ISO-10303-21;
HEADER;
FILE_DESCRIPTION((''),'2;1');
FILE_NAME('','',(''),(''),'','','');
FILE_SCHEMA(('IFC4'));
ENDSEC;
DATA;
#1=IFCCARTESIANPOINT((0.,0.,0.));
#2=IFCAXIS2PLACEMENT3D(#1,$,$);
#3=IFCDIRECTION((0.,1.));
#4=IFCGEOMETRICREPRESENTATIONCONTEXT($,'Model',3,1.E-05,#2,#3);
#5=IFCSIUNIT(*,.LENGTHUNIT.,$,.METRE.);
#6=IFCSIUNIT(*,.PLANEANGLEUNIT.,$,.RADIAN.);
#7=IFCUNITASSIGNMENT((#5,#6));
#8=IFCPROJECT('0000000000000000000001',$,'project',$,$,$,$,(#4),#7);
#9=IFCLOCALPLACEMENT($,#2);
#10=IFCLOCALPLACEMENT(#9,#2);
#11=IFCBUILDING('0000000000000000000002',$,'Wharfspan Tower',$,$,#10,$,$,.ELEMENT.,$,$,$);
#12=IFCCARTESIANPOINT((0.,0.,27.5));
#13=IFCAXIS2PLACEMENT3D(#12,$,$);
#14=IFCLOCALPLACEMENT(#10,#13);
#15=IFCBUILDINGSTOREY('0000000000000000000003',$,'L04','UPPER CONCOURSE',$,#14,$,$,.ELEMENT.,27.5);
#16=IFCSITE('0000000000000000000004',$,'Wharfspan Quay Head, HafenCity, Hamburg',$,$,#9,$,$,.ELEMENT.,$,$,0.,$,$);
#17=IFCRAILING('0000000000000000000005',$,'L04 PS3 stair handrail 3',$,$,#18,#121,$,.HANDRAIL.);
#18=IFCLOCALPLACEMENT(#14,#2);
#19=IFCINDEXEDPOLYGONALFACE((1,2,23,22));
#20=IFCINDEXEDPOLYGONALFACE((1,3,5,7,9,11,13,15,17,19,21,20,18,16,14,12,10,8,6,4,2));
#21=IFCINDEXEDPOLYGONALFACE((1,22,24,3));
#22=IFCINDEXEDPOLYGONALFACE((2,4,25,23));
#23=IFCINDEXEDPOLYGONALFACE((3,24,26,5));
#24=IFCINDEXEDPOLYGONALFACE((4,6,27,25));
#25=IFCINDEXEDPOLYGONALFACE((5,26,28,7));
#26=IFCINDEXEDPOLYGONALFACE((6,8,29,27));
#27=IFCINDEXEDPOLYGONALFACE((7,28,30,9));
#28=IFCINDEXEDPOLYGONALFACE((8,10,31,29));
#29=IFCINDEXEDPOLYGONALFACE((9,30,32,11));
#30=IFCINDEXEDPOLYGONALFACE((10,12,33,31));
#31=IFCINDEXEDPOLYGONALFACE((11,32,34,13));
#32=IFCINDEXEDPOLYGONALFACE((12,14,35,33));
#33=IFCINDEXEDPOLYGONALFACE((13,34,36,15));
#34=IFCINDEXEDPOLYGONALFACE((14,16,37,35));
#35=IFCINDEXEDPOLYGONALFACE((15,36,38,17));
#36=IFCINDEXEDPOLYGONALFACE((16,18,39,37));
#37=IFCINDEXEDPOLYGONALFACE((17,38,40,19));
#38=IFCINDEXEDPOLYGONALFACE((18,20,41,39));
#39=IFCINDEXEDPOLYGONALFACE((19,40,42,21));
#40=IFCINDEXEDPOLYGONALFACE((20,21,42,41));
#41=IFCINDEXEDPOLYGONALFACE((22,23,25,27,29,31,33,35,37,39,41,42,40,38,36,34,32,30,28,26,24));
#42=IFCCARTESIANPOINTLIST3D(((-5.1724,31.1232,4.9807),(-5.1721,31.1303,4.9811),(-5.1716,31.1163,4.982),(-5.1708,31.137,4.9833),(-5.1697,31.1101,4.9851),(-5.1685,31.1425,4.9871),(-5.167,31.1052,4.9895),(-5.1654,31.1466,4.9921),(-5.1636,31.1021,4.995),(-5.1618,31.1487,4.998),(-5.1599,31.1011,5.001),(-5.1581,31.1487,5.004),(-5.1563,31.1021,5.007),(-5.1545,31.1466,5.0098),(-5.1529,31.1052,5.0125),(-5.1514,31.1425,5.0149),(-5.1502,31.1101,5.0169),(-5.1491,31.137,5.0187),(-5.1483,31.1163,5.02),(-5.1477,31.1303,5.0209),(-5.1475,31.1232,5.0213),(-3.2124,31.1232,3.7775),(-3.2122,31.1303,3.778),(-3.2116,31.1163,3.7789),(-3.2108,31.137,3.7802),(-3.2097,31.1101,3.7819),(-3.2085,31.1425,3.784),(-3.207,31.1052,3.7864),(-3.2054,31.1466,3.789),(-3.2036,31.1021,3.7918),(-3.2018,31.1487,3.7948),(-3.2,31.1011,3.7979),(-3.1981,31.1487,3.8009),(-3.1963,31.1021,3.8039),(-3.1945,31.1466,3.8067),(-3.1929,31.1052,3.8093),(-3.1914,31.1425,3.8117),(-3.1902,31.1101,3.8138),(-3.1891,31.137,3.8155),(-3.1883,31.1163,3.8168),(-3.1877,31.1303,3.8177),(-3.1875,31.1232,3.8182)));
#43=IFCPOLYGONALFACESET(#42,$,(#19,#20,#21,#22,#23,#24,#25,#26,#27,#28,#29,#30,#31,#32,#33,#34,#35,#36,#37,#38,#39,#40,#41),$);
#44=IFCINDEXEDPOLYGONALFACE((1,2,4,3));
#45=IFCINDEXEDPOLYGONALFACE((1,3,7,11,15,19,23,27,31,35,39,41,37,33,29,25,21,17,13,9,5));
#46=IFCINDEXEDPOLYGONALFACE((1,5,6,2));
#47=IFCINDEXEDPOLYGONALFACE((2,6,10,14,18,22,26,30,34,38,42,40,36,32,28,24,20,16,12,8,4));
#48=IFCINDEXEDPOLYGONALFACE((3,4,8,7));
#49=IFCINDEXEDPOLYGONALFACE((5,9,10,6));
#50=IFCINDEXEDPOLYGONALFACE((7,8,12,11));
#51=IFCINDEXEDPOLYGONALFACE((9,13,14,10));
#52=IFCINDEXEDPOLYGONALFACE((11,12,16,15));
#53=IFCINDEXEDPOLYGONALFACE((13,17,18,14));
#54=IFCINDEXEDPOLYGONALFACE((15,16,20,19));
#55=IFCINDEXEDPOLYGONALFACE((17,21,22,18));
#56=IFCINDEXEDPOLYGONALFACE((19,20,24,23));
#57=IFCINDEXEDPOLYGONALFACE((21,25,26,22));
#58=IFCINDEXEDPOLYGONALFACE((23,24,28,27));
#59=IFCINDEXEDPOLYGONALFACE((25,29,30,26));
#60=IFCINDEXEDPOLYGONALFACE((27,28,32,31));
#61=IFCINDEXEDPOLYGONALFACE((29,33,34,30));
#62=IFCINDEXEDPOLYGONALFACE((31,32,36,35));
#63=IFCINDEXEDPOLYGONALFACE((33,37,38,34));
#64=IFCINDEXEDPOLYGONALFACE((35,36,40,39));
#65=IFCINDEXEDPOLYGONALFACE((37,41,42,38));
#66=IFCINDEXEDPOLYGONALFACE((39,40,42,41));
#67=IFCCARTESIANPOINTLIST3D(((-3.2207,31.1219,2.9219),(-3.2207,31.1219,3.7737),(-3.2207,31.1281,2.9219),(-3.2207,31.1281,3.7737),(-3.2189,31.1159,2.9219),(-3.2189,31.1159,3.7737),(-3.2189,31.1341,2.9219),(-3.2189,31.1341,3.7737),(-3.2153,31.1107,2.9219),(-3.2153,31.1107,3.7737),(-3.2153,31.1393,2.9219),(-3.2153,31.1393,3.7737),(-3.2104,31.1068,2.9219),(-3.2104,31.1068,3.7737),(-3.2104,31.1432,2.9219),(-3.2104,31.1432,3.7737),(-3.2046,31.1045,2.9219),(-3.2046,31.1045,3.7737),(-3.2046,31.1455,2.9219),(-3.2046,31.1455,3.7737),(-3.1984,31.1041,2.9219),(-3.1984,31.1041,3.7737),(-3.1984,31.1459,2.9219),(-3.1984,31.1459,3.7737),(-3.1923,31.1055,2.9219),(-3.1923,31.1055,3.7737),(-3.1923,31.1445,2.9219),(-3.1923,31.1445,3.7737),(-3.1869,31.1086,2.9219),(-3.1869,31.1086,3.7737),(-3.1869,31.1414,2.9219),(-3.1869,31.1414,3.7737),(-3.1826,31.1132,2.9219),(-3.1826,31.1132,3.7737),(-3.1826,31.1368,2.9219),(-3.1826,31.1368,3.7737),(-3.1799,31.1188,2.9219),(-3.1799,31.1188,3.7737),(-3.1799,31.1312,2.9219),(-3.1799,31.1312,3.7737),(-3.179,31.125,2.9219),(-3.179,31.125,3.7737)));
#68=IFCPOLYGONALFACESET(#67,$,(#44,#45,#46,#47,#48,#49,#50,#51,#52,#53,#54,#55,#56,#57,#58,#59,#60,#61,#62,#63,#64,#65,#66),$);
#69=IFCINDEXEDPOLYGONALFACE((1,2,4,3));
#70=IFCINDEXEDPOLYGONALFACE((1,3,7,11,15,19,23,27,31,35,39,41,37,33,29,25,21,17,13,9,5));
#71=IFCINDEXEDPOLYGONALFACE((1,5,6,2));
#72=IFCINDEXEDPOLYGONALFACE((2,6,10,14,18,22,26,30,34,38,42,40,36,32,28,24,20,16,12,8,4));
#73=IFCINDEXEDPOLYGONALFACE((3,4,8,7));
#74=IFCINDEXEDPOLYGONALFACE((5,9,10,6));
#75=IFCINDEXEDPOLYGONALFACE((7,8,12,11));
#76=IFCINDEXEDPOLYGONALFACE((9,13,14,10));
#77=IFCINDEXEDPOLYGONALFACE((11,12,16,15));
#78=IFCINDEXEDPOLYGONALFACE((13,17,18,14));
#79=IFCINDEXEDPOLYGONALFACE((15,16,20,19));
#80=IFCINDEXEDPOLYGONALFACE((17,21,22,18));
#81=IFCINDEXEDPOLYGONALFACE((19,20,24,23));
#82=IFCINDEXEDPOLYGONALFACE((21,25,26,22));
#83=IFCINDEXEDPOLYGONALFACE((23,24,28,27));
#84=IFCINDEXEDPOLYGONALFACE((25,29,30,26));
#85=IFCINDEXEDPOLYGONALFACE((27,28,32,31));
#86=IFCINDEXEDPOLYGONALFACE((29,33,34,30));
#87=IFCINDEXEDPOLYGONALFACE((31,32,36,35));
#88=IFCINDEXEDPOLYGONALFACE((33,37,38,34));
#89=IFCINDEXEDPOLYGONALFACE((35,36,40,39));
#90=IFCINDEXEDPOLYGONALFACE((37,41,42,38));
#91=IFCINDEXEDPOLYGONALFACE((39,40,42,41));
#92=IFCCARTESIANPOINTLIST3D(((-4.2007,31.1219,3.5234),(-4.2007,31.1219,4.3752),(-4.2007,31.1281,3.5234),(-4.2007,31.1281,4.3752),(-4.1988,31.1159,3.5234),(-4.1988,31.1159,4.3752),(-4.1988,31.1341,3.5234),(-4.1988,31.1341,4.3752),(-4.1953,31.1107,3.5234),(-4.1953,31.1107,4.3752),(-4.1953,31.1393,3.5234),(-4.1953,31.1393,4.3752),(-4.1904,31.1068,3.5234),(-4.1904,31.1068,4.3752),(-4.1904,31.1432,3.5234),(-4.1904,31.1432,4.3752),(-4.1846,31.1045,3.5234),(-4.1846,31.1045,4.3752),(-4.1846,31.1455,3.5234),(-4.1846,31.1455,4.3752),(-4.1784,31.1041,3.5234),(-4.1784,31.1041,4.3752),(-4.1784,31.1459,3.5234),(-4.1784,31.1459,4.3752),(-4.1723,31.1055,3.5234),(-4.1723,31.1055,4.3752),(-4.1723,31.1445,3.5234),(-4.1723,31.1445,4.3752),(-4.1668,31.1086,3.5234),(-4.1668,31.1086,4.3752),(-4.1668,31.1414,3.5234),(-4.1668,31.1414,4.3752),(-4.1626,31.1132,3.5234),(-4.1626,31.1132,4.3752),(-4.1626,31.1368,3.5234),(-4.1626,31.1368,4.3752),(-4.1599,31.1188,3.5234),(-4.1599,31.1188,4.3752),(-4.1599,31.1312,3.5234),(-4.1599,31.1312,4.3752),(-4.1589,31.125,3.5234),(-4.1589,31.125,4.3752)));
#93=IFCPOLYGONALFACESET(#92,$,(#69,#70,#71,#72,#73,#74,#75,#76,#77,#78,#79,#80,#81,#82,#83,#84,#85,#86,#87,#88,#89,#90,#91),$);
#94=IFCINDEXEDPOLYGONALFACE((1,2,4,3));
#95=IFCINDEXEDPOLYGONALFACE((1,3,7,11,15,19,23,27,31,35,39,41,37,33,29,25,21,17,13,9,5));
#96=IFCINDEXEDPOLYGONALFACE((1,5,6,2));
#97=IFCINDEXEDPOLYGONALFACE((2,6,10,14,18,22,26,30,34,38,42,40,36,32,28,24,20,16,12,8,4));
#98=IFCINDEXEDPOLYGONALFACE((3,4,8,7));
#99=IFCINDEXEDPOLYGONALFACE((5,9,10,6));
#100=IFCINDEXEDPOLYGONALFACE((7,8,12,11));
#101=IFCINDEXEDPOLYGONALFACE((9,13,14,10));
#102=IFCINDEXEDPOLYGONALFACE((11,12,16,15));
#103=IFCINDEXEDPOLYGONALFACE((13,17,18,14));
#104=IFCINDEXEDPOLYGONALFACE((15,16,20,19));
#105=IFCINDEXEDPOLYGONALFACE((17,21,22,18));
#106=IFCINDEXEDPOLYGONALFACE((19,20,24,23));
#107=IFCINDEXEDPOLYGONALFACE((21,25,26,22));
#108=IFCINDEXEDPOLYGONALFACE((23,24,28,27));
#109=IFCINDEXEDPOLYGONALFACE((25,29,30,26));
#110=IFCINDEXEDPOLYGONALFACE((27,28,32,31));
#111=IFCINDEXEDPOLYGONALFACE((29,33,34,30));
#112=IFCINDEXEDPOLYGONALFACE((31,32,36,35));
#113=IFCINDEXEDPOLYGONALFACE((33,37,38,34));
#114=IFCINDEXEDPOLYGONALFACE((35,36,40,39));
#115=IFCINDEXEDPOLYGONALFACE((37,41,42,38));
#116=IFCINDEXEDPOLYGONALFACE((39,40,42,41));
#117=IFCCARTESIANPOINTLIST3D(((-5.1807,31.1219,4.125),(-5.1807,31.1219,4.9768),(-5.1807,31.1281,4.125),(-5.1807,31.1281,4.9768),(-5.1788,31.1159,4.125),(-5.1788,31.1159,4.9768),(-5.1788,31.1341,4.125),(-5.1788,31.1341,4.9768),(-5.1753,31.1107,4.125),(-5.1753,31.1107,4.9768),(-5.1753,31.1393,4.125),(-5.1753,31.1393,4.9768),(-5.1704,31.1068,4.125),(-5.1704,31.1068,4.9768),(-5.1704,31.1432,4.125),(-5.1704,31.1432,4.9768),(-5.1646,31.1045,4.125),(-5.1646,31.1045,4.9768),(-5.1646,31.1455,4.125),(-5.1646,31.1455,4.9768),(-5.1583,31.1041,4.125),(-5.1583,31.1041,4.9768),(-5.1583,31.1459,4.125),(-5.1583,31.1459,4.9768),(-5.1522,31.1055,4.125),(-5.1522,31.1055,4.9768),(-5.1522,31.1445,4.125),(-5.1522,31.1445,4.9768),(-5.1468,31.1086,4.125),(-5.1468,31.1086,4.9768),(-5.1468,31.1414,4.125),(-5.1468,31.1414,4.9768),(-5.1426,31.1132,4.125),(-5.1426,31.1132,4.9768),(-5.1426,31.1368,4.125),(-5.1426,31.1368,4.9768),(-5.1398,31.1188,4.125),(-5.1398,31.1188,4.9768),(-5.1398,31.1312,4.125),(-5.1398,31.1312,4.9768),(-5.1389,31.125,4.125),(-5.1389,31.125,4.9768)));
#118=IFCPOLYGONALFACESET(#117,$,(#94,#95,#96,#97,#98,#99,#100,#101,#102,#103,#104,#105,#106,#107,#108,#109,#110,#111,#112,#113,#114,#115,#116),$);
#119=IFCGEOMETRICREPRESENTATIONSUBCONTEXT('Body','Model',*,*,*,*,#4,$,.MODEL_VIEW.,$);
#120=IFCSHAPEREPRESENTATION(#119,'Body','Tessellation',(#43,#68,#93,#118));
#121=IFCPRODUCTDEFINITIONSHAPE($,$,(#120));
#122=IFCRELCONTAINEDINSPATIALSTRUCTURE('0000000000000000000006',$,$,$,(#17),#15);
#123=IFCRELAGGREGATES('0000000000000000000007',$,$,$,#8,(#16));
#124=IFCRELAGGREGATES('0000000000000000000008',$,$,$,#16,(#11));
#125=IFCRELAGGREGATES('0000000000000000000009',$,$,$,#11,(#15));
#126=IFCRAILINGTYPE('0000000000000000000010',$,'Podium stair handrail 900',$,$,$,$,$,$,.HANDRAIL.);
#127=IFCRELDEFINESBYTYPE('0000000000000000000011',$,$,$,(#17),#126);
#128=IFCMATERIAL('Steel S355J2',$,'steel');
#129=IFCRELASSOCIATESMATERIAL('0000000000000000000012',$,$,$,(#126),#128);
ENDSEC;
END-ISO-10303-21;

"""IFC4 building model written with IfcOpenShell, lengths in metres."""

from ifc_helpers import new_model, si_unit, direction, frame, origin, origin_2d, place, context, subcontext, project, spatial, circle, extrude, material, type_object, element, save


model = new_model("IFC4")

# Units and contexts
model_context = context("Model", 3, precision=1e-05, world=origin(), true_north=direction((0.0, 1.0)))
body_context = subcontext(model_context, "Body", "Model", "MODEL_VIEW")
ifc_project = project(units=[si_unit("LENGTHUNIT", "METRE"), si_unit("PLANEANGLEUNIT", "RADIAN")], contexts=[model_context])

# Site, building, storey
site_placement = place(None, origin())
site = spatial("IfcSite", under=ifc_project, at=site_placement, Name="Wharfspan Quay Head, HafenCity, Hamburg", CompositionType="ELEMENT", RefElevation=0.0)
building_placement = place(site_placement, origin())
building = spatial("IfcBuilding", under=site, at=building_placement, Name="Wharfspan Tower", CompositionType="ELEMENT")
storey_placement = place(building_placement, frame((0.0, 0.0, 27.5)))
storey = spatial("IfcBuildingStorey", under=building, at=storey_placement, Name="L04", Description="UPPER CONCOURSE", CompositionType="ELEMENT", Elevation=27.5)

# Railing
ifc_material_1 = material(Name="Steel S355J2", Category="steel")
railing_type = type_object("IfcRailingType", Name="Podium stair handrail 900", PredefinedType="HANDRAIL", material=ifc_material_1)
for number, where, name in (
    (1, (-3.2, 31.125, 2.9219), "L04 PS3 stair handrail 3"),
):
    element("IfcRailing", number, at=place(storey_placement, frame(where)), inside=storey, type_object=railing_type, Name=name, PredefinedType="HANDRAIL", context=body_context, shape_type="SweptSolid", body=[
        extrude(circle(Radius=0.0239, at=origin_2d()), frame((0.0, 0.0, 0.876), z_axis=(-0.852241, 0.0, 0.523149), x_axis=(0.0, -1.0, 0.0)), (0.0, 0.0, 1.0), 2.2998),
        extrude(circle(Radius=0.021, at=origin_2d()), origin(), (0.0, 0.0, 1.0), 0.8518),
        extrude(circle(Radius=0.021, at=origin_2d()), frame((-0.98, 0.0, 0.6016)), (0.0, 0.0, 1.0), 0.8518),
        extrude(circle(Radius=0.021, at=origin_2d()), frame((-1.96, 0.0, 1.2031)), (0.0, 0.0, 1.0), 0.8518),
    ])

save(model, "model.ifc")
